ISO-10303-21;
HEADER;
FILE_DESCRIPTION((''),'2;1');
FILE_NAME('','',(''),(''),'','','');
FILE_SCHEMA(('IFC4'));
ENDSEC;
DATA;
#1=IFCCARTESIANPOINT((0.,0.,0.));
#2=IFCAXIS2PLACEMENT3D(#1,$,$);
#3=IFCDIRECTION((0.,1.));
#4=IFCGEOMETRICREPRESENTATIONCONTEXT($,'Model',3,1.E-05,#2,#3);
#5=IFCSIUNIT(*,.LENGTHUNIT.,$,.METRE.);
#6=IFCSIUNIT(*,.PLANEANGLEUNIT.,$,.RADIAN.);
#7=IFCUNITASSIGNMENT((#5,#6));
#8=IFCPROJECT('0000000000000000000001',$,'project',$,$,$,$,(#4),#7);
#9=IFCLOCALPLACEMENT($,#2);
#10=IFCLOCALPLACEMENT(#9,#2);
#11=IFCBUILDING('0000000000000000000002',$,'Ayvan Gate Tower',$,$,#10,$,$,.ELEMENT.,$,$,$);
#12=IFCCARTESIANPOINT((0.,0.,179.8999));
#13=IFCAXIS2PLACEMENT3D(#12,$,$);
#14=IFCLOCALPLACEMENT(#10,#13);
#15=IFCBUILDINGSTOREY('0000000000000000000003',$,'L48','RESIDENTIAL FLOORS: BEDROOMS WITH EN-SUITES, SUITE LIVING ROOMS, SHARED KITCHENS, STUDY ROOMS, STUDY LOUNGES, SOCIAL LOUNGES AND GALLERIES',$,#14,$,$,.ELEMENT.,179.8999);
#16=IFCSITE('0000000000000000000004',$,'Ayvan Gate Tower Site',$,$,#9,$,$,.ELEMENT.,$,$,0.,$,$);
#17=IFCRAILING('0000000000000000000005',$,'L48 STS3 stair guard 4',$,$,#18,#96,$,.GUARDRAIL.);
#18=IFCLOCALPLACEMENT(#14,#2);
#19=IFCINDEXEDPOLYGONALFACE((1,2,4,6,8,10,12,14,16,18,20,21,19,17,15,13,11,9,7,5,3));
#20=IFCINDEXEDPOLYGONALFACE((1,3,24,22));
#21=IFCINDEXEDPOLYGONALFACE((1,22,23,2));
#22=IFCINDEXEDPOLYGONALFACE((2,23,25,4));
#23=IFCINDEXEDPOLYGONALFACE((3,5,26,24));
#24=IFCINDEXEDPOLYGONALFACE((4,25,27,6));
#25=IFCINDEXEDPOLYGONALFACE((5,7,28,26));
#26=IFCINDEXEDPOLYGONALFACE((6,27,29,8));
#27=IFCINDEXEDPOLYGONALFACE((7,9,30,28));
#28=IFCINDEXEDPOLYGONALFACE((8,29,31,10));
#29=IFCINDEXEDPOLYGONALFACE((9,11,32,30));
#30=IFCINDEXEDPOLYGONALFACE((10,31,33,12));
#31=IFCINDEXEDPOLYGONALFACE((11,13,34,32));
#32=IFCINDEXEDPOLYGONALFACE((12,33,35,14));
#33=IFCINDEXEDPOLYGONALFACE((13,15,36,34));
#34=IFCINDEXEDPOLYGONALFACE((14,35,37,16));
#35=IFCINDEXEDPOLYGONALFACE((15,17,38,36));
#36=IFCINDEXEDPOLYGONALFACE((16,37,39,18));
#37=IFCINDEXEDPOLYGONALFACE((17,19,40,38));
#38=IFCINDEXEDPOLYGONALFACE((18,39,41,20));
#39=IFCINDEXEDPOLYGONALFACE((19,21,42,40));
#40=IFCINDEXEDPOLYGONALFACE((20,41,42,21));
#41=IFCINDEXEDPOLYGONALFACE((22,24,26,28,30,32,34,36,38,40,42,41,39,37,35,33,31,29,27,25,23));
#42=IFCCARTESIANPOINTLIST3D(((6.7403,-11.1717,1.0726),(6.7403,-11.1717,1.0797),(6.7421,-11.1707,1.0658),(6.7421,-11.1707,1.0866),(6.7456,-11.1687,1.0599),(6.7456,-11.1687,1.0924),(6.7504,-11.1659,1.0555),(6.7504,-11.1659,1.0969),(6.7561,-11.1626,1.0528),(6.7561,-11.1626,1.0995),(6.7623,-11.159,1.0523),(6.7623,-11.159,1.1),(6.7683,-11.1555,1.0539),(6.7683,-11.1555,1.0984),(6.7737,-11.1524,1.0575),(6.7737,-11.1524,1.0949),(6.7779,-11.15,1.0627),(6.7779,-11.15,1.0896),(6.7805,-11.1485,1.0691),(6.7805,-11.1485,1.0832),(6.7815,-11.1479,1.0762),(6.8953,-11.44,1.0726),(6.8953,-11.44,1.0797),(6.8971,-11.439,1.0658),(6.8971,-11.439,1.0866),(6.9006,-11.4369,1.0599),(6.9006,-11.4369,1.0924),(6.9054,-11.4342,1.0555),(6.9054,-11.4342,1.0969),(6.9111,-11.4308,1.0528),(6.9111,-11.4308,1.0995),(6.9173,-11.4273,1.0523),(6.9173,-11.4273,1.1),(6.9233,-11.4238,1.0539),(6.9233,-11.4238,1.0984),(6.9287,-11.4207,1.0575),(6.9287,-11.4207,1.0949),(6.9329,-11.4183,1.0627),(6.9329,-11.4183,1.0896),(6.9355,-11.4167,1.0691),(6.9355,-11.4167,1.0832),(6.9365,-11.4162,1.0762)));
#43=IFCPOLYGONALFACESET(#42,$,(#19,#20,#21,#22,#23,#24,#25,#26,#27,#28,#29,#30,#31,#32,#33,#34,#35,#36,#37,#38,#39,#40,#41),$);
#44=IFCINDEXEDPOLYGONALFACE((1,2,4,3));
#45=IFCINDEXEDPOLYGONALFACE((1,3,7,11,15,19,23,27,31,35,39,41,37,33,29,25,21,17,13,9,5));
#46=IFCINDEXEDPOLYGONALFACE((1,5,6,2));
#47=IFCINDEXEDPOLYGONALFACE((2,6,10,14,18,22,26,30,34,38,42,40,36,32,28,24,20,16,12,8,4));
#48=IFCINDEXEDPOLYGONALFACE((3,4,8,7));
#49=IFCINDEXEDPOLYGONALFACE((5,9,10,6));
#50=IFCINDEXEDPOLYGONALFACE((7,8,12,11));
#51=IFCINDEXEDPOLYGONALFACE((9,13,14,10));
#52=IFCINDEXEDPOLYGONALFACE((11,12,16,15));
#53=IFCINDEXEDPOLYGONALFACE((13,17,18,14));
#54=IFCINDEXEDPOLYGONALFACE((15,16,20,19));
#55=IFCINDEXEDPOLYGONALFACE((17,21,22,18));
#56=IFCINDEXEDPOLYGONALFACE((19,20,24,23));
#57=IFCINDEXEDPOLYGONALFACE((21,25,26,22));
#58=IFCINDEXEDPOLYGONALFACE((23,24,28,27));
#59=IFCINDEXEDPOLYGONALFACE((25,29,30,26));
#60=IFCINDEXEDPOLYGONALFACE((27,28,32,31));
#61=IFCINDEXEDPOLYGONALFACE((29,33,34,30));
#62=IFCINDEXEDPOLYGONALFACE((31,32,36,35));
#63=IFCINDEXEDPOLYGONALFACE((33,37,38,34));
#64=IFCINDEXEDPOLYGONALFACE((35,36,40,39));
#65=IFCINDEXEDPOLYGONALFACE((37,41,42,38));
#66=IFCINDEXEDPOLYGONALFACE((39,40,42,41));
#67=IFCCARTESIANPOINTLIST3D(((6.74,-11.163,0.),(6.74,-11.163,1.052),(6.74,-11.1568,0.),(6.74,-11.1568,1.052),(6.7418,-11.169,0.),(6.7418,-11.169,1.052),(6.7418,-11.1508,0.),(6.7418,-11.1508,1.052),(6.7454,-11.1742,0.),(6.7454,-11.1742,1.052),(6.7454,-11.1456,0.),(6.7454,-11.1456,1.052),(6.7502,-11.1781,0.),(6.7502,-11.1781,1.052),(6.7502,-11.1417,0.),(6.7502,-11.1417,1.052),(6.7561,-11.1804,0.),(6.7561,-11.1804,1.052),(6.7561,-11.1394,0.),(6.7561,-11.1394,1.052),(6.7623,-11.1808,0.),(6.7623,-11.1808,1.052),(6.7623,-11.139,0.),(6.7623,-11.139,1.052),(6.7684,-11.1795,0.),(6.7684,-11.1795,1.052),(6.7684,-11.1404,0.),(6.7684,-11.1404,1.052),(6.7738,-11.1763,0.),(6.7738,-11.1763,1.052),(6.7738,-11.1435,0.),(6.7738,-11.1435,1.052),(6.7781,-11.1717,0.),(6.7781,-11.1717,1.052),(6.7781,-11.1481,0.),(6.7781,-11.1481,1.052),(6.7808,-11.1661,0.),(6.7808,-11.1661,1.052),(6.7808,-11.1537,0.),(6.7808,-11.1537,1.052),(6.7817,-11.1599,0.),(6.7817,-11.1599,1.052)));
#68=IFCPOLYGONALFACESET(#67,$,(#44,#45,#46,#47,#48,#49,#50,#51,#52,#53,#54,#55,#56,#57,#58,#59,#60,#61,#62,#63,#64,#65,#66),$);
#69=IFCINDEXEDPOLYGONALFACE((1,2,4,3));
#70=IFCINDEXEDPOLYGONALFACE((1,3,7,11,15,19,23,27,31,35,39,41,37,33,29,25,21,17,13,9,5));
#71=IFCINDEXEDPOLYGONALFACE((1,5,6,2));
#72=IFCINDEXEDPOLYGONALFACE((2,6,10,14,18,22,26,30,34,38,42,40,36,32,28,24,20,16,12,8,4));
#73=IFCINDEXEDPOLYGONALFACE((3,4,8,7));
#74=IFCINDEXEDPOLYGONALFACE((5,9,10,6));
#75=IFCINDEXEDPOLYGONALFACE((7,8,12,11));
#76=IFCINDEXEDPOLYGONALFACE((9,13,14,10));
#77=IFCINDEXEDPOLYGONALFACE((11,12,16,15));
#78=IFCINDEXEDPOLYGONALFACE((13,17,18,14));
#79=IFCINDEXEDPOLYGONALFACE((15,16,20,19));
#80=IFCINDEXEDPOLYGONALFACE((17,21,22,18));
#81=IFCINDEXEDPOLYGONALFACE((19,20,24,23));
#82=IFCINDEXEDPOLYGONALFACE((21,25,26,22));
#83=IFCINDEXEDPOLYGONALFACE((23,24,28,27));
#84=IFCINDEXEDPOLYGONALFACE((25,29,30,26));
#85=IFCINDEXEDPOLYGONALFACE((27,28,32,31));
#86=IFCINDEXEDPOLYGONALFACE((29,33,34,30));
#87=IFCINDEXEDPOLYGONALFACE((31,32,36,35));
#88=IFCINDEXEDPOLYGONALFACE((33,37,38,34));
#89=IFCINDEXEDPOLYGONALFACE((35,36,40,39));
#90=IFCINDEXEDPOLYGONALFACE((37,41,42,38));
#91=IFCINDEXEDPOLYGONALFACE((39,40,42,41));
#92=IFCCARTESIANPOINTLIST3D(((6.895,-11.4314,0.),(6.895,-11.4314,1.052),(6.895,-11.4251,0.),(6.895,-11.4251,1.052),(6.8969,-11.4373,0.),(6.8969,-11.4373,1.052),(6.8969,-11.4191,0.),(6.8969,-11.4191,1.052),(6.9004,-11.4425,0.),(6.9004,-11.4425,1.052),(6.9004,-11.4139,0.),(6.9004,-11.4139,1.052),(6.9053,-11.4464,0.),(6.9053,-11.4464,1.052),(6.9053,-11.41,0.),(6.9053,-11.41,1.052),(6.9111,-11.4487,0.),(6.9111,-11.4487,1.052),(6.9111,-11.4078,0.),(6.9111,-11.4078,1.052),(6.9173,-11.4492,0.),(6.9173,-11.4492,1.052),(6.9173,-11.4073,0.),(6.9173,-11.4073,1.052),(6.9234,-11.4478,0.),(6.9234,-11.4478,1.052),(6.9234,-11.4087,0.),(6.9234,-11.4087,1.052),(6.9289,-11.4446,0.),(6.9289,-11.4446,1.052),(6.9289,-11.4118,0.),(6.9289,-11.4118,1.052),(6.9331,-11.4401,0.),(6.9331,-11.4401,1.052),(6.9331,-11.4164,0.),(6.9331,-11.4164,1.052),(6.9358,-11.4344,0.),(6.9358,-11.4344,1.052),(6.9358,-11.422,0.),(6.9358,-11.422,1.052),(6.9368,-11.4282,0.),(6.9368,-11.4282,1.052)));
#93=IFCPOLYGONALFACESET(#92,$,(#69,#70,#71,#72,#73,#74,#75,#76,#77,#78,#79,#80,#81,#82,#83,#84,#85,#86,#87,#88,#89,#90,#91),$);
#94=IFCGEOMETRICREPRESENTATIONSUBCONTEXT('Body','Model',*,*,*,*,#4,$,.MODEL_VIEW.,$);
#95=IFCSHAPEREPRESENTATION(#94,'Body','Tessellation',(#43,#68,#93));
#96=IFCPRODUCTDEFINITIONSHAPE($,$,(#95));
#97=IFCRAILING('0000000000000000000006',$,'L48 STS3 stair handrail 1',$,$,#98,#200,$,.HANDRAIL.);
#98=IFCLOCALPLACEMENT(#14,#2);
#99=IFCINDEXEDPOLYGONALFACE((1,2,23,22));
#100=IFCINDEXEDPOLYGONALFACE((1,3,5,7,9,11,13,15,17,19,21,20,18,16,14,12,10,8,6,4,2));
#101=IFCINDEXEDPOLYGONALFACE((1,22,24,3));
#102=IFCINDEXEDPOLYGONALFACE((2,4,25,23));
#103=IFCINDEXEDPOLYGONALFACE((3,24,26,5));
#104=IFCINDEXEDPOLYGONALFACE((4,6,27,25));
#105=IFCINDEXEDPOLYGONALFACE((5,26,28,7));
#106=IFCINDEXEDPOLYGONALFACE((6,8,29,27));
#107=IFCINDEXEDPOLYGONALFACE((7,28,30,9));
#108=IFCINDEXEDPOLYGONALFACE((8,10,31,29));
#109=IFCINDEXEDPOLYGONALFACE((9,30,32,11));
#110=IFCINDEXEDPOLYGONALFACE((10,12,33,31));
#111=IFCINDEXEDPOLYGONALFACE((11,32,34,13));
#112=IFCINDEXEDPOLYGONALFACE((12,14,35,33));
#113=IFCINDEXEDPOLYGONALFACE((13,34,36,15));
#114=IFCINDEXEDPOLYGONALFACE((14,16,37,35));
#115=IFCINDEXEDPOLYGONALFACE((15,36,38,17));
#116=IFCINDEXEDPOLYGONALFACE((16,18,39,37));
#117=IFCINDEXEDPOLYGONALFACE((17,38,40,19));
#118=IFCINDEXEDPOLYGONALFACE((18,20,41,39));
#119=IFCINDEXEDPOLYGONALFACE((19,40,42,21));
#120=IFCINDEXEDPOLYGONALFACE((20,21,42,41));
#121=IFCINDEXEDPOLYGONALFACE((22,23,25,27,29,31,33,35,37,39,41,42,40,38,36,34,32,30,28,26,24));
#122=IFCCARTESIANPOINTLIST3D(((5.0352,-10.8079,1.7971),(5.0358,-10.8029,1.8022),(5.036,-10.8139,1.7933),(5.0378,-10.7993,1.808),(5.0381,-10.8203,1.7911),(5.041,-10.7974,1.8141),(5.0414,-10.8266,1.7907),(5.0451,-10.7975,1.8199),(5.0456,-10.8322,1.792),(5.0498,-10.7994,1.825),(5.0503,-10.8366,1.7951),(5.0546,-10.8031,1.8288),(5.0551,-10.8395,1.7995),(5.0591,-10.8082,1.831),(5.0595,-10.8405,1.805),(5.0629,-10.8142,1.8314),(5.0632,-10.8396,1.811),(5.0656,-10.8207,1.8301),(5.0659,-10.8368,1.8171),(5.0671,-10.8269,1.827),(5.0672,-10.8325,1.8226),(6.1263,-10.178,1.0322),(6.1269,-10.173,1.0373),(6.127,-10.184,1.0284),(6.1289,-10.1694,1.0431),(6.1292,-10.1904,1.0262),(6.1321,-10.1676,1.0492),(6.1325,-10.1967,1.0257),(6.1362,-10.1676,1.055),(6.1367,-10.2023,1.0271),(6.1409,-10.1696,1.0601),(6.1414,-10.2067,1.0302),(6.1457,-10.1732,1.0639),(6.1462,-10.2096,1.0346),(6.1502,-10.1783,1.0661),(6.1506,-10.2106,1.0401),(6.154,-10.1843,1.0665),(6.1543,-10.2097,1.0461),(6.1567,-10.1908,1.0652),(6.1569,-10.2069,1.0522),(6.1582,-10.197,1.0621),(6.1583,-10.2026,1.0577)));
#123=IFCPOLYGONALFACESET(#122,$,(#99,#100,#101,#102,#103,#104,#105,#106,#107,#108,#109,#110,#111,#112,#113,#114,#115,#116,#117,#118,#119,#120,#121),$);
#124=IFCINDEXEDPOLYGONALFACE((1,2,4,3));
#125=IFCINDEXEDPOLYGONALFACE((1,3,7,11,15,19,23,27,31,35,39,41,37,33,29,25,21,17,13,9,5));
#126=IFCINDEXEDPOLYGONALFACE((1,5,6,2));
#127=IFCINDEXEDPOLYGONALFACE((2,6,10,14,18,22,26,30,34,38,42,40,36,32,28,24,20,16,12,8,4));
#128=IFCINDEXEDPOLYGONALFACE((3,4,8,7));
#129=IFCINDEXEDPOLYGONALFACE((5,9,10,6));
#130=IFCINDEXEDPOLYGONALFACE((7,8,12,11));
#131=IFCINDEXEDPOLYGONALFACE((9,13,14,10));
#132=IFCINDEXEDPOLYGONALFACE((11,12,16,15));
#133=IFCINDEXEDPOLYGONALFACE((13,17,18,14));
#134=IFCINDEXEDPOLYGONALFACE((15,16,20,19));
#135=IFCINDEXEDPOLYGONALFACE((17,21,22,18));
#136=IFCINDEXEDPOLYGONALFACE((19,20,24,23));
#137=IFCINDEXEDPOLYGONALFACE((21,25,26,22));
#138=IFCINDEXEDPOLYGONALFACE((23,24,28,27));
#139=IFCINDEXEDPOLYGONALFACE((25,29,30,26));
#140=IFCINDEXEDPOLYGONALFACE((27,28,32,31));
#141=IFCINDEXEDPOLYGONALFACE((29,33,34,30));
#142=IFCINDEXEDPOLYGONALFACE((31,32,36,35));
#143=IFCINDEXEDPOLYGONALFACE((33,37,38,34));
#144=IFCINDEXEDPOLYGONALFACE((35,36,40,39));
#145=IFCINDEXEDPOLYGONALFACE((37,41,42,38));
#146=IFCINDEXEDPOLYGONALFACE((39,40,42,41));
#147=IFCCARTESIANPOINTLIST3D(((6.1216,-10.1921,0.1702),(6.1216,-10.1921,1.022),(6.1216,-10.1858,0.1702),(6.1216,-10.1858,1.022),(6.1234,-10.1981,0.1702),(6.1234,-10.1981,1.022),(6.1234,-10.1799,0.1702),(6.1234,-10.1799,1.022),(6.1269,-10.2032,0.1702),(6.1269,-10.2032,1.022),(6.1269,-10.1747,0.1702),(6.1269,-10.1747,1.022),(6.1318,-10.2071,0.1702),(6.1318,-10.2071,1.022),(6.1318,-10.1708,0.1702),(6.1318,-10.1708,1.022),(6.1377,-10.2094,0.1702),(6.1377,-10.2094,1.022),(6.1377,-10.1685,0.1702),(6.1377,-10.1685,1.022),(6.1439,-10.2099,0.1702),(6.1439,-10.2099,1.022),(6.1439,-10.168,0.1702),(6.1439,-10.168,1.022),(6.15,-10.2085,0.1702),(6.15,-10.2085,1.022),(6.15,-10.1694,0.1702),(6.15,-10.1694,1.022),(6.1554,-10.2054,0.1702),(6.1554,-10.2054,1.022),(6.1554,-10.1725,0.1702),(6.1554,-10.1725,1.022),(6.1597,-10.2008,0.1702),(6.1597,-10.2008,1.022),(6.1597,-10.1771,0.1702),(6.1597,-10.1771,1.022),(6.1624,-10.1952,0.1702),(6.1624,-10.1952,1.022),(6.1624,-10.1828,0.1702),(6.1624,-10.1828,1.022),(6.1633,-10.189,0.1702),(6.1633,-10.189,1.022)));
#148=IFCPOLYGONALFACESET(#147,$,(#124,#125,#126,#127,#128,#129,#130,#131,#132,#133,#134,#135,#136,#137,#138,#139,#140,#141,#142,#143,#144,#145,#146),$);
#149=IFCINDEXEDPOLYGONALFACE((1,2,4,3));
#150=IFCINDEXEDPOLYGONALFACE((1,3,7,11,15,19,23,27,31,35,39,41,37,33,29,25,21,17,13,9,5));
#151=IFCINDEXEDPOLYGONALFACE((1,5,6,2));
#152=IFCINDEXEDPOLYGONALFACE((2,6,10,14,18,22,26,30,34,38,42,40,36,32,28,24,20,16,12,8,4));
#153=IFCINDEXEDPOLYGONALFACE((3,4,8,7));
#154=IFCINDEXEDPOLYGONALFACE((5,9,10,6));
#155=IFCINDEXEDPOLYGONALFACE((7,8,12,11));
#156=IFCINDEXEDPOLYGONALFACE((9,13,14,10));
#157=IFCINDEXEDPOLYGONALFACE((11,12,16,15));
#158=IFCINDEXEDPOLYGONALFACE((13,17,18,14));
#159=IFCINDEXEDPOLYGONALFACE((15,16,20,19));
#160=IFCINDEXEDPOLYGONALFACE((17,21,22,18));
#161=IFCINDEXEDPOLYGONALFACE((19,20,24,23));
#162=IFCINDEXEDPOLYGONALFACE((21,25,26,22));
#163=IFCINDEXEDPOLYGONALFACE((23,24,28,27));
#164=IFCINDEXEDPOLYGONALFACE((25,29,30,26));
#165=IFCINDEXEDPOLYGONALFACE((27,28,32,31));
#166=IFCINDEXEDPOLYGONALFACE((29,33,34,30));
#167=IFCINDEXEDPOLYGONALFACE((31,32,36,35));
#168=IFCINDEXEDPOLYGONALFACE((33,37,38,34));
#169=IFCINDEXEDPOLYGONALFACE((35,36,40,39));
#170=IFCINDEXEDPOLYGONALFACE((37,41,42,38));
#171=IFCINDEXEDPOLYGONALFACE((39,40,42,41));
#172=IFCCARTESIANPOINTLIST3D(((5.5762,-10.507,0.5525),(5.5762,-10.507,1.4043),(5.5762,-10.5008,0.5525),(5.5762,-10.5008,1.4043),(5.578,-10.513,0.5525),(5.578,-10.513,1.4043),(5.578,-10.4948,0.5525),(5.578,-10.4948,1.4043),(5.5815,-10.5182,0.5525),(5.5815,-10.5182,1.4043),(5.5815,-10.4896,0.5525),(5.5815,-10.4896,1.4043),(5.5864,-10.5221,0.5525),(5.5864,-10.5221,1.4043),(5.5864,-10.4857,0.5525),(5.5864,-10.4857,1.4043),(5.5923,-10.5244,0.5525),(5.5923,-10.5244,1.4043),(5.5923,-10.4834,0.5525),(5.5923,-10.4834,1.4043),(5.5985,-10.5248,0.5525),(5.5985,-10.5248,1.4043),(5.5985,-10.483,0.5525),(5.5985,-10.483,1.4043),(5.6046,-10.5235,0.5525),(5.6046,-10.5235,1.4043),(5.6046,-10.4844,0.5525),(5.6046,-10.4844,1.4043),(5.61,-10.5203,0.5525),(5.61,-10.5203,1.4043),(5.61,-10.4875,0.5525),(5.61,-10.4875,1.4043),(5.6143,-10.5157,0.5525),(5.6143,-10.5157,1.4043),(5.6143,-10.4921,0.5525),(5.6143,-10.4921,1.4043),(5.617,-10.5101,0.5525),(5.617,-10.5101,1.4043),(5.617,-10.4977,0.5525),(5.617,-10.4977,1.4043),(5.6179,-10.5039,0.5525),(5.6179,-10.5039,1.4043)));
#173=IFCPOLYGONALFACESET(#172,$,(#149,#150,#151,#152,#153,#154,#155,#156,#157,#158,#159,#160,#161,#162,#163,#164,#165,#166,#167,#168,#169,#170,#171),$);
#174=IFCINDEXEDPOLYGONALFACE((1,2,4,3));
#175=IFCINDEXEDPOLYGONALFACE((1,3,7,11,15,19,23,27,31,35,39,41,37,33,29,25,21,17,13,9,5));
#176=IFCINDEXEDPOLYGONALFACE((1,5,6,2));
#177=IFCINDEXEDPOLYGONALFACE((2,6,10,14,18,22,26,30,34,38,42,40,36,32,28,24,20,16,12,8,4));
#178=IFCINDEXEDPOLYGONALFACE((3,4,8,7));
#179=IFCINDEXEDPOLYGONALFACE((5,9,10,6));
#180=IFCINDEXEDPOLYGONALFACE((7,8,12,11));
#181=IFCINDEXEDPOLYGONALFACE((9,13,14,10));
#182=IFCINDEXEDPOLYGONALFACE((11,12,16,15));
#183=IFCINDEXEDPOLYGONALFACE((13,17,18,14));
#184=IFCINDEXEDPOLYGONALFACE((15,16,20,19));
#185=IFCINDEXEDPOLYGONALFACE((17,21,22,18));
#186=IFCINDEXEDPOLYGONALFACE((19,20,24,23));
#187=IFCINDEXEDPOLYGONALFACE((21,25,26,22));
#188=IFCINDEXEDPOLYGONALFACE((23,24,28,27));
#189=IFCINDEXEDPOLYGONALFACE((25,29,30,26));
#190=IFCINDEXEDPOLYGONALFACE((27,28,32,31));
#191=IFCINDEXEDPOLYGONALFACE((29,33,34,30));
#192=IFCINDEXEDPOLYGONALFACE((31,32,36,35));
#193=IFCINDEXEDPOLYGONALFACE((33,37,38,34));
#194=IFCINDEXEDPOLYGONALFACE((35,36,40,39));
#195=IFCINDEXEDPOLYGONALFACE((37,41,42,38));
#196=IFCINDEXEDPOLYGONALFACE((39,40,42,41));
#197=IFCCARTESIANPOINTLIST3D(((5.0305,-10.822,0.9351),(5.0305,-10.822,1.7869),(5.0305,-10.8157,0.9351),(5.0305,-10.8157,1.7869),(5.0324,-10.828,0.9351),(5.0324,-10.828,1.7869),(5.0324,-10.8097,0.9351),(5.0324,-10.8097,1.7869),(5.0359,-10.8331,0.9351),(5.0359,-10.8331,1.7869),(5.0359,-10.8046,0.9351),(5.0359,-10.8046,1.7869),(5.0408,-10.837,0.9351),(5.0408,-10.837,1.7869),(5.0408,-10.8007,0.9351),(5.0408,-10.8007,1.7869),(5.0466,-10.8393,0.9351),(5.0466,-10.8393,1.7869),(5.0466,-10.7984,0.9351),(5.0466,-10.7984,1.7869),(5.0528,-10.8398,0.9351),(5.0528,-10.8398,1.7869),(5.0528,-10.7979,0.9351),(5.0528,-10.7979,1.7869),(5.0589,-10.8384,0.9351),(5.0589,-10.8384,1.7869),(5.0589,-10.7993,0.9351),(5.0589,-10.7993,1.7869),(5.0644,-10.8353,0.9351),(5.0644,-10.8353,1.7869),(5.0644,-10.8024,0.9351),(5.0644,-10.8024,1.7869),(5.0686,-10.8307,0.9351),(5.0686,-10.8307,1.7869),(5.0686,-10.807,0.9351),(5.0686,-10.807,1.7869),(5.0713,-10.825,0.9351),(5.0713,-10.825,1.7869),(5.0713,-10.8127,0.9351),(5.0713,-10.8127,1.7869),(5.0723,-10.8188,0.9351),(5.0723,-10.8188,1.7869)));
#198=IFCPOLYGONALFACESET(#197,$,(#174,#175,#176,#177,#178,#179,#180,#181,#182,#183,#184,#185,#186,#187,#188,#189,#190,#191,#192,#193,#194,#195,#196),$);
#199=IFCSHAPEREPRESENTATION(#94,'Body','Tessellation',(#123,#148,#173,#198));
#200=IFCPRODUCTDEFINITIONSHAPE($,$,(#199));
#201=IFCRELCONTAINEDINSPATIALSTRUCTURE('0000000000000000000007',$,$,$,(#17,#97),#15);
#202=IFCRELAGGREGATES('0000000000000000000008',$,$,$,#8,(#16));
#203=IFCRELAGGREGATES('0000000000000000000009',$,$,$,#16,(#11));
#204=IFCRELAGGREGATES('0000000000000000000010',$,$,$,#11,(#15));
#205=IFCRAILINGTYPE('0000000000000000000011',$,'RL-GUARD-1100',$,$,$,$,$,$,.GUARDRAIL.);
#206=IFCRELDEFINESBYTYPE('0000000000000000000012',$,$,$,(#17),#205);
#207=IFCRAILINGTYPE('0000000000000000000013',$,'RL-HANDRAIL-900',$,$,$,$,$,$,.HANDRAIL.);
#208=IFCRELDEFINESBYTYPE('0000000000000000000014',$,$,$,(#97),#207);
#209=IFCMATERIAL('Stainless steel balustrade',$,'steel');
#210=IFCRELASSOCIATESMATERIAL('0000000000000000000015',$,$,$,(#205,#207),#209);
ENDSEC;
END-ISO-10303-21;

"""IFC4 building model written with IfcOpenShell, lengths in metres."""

from ifc_helpers import new_model, si_unit, direction, frame, origin, origin_2d, place, context, subcontext, project, spatial, circle, extrude, material, type_object, element, save


model = new_model("IFC4")

# Units and contexts
model_context = context("Model", 3, precision=1e-05, world=origin(), true_north=direction((0.0, 1.0)))
body_context = subcontext(model_context, "Body", "Model", "MODEL_VIEW")
ifc_project = project(units=[si_unit("LENGTHUNIT", "METRE"), si_unit("PLANEANGLEUNIT", "RADIAN")], contexts=[model_context])

# Site, building, storey
site_placement = place(None, origin())
site = spatial("IfcSite", under=ifc_project, at=site_placement, Name="Ayvan Gate Tower Site", CompositionType="ELEMENT", RefElevation=0.0)
building_placement = place(site_placement, origin())
building = spatial("IfcBuilding", under=site, at=building_placement, Name="Ayvan Gate Tower", CompositionType="ELEMENT")
storey_placement = place(building_placement, frame((0.0, 0.0, 179.8999)))
storey = spatial("IfcBuildingStorey", under=building, at=storey_placement, Name="L48", Description="RESIDENTIAL FLOORS: BEDROOMS WITH EN-SUITES, SUITE LIVING ROOMS, SHARED KITCHENS, STUDY ROOMS, STUDY LOUNGES, SOCIAL LOUNGES AND GALLERIES", CompositionType="ELEMENT", Elevation=179.8999)

# Railings
ifc_material_1 = material(Name="Stainless steel balustrade", Category="steel")
railing_type_1 = type_object("IfcRailingType", Name="RL-GUARD-1100", PredefinedType="GUARDRAIL", material=ifc_material_1)
railing_1_placement = place(storey_placement, frame((6.7607, -11.1599, 0.0)))
element("IfcRailing", 1, at=railing_1_placement, inside=storey, type_object=railing_type_1, Name="L48 STS3 stair guard 4", PredefinedType="GUARDRAIL", context=body_context, shape_type="SweptSolid", body=[
    extrude(circle(Radius=0.0239, at=origin_2d()), frame((0.0, 0.0, 1.0762), z_axis=(0.500291, -0.865857, 0.0), x_axis=(0.865857, 0.500291, 0.0)), (0.0, 0.0, 1.0), 0.3098),
    extrude(circle(Radius=0.021, at=origin_2d()), origin(), (0.0, 0.0, 1.0), 1.052),
    extrude(circle(Radius=0.021, at=origin_2d()), frame((0.155, -0.2683, 0.0)), (0.0, 0.0, 1.0), 1.052),
])
railing_type_2 = type_object("IfcRailingType", Name="RL-HANDRAIL-900", PredefinedType="HANDRAIL", material=ifc_material_1)
railing_2_placement = place(storey_placement, frame((6.1423, -10.189, 0.1702)))
element("IfcRailing", 2, at=railing_2_placement, inside=storey, type_object=railing_type_2, Name="L48 STS3 stair handrail 1", PredefinedType="HANDRAIL", context=body_context, shape_type="SweptSolid", body=[
    extrude(circle(Radius=0.0239, at=origin_2d()), frame((0.0, 0.0, 0.876), z_axis=(-0.740282, -0.427372, 0.518976), x_axis=(0.499974, -0.86604, 0.0)), (0.0, 0.0, 1.0), 1.4739),
    extrude(circle(Radius=0.021, at=origin_2d()), origin(), (0.0, 0.0, 1.0), 0.8518),
    extrude(circle(Radius=0.021, at=origin_2d()), frame((-0.5454, -0.3149, 0.3823)), (0.0, 0.0, 1.0), 0.8518),
    extrude(circle(Radius=0.021, at=origin_2d()), frame((-1.0911, -0.6299, 0.7649)), (0.0, 0.0, 1.0), 0.8518),
])

save(model, "model.ifc")
